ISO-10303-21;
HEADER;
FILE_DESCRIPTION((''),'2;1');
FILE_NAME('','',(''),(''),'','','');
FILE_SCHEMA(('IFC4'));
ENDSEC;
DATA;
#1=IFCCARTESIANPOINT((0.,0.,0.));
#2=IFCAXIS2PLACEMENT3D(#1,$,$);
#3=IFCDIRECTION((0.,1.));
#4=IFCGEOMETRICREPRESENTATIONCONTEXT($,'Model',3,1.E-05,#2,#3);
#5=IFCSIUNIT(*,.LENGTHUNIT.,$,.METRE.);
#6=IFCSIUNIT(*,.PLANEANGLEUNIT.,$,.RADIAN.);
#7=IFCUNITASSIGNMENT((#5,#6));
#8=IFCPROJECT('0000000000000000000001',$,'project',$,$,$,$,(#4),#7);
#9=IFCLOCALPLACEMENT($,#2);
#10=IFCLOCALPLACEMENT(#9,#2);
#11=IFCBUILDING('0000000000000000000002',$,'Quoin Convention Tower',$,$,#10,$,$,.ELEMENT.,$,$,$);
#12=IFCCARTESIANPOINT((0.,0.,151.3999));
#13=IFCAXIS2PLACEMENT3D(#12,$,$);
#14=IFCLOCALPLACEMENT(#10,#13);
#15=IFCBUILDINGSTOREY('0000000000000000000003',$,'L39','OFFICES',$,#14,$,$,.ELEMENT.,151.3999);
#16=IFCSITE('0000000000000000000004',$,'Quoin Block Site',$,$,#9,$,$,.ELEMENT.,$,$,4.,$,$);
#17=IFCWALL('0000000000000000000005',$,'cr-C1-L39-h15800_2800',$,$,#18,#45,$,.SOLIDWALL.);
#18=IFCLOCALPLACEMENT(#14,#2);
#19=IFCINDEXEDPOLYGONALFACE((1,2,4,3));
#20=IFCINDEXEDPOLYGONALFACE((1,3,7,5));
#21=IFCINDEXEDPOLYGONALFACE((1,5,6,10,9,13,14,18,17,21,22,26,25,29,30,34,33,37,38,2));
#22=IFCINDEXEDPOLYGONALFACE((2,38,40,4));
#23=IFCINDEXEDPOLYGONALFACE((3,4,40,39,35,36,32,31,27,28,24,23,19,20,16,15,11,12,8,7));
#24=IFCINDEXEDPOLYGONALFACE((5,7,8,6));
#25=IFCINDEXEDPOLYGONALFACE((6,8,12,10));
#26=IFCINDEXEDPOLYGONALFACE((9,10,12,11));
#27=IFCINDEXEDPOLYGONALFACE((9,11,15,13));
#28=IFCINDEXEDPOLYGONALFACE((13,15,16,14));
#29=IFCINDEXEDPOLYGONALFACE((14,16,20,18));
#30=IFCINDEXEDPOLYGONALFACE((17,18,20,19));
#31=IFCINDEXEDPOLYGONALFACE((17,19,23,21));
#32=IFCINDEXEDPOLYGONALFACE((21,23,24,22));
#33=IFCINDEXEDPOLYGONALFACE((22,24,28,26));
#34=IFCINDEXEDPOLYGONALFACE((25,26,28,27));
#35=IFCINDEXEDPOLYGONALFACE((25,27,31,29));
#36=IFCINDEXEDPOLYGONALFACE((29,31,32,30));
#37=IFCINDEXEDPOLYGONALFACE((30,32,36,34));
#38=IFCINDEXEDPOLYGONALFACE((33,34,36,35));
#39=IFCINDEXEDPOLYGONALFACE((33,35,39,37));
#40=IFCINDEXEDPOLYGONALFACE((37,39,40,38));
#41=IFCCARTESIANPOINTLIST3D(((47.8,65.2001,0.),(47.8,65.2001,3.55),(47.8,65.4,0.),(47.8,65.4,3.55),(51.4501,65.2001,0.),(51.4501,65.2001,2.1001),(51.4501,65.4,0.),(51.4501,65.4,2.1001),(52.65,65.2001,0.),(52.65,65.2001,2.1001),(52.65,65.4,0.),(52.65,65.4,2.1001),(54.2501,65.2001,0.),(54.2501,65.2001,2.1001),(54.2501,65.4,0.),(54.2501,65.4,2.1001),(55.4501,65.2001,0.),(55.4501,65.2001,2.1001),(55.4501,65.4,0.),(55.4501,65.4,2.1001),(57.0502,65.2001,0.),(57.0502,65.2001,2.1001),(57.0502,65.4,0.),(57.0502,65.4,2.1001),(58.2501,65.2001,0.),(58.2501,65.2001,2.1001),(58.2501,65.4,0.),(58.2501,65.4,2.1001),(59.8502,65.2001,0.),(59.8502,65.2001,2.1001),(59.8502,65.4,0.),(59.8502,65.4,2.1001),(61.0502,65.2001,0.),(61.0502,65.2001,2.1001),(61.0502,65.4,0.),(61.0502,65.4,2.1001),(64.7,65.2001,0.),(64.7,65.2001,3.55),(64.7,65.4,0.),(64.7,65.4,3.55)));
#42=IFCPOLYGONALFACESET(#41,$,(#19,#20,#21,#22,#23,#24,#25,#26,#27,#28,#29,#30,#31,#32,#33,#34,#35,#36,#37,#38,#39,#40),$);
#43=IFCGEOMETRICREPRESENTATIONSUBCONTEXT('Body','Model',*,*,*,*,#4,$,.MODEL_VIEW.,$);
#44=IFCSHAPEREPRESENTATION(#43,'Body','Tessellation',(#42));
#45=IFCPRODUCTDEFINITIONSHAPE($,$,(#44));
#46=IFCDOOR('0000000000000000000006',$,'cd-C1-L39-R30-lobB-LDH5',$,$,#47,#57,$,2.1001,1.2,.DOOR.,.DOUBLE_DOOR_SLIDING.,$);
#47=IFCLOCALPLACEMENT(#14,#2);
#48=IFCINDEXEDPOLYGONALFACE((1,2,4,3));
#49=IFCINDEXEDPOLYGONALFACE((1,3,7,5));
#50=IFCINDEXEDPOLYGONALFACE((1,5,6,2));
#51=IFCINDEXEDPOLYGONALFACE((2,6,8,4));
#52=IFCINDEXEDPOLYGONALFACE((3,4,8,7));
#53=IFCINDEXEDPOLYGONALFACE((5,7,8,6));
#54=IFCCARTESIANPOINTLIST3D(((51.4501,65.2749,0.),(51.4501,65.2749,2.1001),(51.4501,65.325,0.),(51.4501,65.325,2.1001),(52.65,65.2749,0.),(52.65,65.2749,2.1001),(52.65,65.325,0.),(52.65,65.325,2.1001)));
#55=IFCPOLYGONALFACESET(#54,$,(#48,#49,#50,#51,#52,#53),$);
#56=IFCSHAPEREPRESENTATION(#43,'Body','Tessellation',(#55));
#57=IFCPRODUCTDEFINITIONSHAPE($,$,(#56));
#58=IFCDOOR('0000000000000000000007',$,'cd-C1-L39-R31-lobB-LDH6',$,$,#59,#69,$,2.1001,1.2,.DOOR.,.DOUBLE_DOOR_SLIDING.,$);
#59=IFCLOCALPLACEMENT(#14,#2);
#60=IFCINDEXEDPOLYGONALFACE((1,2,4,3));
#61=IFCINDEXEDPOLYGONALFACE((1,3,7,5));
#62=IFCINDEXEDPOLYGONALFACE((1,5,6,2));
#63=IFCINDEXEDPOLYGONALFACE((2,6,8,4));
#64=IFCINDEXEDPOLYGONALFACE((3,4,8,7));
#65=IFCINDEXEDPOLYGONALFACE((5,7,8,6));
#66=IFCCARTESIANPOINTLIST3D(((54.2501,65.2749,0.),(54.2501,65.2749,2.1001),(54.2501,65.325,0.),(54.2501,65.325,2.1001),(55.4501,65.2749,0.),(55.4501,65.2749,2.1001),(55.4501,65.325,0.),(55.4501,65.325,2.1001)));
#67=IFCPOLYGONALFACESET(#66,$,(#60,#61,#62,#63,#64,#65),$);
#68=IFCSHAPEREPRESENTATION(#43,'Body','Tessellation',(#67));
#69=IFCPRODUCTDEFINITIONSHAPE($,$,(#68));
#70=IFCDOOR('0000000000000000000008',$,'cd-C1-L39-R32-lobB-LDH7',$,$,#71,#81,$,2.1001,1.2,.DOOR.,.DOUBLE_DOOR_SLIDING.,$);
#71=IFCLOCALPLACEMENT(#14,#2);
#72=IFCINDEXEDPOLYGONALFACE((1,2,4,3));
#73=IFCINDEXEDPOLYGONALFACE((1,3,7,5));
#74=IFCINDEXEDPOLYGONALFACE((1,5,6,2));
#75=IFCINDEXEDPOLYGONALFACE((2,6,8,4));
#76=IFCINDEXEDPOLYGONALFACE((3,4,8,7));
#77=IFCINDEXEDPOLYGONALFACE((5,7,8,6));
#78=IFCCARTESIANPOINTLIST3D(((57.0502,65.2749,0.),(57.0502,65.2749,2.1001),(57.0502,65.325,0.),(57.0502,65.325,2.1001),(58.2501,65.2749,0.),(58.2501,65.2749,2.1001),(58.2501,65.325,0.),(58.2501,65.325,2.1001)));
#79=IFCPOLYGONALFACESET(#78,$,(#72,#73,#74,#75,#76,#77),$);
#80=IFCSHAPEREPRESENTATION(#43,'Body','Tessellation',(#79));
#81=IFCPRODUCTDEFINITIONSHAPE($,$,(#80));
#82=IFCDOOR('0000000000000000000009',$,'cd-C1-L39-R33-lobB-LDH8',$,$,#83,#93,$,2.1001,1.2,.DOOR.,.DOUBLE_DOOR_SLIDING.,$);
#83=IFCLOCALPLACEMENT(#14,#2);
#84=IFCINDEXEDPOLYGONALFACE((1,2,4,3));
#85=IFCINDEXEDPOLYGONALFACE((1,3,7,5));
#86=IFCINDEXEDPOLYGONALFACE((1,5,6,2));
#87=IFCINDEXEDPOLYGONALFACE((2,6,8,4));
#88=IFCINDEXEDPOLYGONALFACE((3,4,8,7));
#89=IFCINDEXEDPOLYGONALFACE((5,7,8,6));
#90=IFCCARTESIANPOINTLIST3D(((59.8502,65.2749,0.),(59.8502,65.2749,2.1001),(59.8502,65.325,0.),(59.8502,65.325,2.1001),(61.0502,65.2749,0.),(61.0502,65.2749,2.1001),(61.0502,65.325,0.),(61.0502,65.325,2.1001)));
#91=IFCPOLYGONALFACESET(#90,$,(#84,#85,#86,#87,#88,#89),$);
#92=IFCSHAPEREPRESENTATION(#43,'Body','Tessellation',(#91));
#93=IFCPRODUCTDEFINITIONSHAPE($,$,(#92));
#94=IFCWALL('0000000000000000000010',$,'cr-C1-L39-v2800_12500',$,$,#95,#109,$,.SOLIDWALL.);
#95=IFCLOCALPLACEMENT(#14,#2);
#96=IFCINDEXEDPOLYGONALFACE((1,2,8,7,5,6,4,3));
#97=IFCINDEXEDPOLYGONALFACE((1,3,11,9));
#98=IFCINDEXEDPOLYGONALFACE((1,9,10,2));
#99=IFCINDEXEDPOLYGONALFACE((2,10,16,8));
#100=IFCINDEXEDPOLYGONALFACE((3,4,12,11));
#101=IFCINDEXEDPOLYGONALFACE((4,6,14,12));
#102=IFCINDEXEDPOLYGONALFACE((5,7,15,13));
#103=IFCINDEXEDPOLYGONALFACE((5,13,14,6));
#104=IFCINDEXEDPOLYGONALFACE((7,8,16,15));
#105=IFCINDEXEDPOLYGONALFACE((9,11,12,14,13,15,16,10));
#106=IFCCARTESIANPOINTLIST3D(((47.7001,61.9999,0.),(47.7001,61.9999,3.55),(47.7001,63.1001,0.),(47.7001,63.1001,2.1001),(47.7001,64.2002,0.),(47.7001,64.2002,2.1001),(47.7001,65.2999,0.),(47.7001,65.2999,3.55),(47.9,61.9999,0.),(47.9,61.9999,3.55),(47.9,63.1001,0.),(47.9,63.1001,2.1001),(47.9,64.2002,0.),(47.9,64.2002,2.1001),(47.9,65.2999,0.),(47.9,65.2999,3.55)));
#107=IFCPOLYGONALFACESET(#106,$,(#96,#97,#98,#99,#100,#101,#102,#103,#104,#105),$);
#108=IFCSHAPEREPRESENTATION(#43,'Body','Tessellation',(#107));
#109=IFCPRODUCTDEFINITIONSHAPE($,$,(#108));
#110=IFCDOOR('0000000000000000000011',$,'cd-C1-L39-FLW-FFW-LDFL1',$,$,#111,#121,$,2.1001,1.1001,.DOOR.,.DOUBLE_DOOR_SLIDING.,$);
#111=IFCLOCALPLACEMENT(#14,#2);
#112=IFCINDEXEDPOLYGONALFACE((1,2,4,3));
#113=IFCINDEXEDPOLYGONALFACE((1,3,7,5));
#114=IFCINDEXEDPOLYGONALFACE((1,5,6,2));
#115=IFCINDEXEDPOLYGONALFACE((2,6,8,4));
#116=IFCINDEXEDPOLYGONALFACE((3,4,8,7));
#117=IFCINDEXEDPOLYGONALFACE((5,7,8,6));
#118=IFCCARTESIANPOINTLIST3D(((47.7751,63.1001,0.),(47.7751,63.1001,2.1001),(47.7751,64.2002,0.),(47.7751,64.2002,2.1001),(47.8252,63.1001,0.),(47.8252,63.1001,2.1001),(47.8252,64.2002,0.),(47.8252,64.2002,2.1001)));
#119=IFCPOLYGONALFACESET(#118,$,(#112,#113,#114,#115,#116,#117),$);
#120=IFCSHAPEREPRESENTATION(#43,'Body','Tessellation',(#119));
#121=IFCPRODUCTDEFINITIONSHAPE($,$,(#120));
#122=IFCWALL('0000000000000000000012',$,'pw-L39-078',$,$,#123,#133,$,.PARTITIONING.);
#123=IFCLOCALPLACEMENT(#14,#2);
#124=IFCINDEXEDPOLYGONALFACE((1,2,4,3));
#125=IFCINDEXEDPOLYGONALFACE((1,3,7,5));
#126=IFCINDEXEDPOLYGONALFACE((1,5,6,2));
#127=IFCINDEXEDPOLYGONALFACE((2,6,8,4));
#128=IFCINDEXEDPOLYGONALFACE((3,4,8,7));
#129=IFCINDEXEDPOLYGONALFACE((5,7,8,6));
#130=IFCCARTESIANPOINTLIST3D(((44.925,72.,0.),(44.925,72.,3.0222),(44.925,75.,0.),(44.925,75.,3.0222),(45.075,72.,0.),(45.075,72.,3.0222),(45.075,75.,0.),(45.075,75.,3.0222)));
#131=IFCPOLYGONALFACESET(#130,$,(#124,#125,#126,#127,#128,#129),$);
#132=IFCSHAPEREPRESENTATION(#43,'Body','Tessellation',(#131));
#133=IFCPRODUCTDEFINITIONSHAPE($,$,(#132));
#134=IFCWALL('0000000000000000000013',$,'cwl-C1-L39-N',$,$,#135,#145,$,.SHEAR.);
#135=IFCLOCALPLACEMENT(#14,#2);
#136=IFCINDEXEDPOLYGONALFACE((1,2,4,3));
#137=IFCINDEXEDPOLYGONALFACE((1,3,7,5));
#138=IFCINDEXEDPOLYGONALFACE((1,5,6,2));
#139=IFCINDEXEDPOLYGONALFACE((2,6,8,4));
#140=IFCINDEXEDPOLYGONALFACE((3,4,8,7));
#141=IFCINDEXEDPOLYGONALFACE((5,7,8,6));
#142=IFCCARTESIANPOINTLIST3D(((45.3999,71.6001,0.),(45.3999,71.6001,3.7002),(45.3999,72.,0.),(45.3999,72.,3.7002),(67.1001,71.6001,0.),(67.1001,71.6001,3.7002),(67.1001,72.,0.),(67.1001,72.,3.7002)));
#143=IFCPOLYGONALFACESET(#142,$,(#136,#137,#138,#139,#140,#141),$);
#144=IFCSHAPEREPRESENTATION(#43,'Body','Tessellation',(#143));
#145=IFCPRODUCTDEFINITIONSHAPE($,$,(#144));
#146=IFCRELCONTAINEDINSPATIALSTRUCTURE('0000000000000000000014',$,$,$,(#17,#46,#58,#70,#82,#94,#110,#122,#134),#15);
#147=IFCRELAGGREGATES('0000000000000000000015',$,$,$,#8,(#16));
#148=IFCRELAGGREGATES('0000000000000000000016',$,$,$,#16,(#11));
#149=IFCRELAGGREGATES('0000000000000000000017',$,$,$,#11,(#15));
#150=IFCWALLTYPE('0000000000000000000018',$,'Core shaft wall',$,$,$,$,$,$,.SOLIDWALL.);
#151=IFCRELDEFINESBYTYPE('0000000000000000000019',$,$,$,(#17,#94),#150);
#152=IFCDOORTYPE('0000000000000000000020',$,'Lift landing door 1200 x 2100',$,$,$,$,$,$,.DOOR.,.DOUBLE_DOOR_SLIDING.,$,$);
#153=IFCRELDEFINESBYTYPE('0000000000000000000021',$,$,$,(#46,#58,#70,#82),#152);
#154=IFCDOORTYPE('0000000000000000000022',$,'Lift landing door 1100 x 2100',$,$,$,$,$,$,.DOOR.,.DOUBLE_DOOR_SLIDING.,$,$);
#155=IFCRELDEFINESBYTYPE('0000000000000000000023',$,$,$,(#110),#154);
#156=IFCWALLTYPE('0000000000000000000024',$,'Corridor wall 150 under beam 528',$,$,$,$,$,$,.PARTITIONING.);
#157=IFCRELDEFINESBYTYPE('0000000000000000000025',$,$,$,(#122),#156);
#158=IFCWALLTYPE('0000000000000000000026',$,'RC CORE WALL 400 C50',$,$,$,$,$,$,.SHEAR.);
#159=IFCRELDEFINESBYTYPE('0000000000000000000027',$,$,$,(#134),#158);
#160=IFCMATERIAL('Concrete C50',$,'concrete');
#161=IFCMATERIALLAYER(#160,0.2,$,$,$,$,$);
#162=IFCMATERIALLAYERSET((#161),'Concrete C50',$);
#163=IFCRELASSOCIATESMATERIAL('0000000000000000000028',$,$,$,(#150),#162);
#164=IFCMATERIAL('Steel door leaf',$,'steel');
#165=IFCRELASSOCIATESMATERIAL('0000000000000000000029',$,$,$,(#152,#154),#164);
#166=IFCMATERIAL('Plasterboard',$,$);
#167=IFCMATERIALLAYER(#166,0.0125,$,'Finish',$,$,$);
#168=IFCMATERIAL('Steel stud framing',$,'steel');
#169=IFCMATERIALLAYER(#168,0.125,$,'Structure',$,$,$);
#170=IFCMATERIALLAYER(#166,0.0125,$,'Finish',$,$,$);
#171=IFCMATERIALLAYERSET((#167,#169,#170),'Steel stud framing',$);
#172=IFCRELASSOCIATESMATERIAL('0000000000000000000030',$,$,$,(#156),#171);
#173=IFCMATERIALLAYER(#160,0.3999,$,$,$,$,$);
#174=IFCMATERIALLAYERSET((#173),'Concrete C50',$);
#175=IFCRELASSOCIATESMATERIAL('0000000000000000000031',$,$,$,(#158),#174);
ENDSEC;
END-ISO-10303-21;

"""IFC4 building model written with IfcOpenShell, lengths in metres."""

from ifc_helpers import new_model, si_unit, direction, frame, frame_2d, origin, place, context, subcontext, project, spatial, rectangle, extrude, material, layer, layer_set, type_object, element, fill, save


model = new_model("IFC4")

# Units and contexts
model_context = context("Model", 3, precision=1e-05, world=origin(), true_north=direction((0.0, 1.0)))
body_context = subcontext(model_context, "Body", "Model", "MODEL_VIEW")
ifc_project = project(units=[si_unit("LENGTHUNIT", "METRE"), si_unit("PLANEANGLEUNIT", "RADIAN")], contexts=[model_context])

# Site, building, storey
site_placement = place(None, origin())
site = spatial("IfcSite", under=ifc_project, at=site_placement, Name="Quoin Block Site", CompositionType="ELEMENT", RefElevation=4.0)
building_placement = place(site_placement, origin())
building = spatial("IfcBuilding", under=site, at=building_placement, Name="Quoin Convention Tower", CompositionType="ELEMENT")
storey_placement = place(building_placement, frame((0.0, 0.0, 151.3999)))
storey = spatial("IfcBuildingStorey", under=building, at=storey_placement, Name="L39", Description="OFFICES", CompositionType="ELEMENT", Elevation=151.3999)

# Shared definitions
ifc_material_1 = material(Name="Plasterboard")
ifc_material_2 = material(Name="Steel stud framing", Category="steel")
ifc_material_3 = material(Name="Steel door leaf", Category="steel")

# Shared definitions
ifc_material_4 = material(Name="Concrete C50", Category="concrete")
ifc_layer_1 = layer(ifc_material_4, 0.2)
ifc_layer_set_1 = layer_set([ifc_layer_1], Name="Concrete C50")
wall_type_1 = type_object("IfcWallType", Name="Core shaft wall", PredefinedType="SOLIDWALL", material=ifc_layer_set_1)

# Wall, openings, doors
wall_1_placement = place(storey_placement, frame((47.8, 65.3, 0.0), z_axis=(0.0, 0.0, 1.0), x_axis=(1.0, 0.0, 0.0)))
wall_1 = element("IfcWall", 1, at=wall_1_placement, inside=storey, type_object=wall_type_1, Name="cr-C1-L39-h15800_2800", PredefinedType="SOLIDWALL", context=body_context, shape_type="SweptSolid", body=[
    extrude(rectangle(XDim=16.8999, YDim=0.2, at=frame_2d((8.45, 0.0))), origin(), (0.0, 0.0, 1.0), 3.55),
])
opening_1_placement = place(wall_1_placement, frame((3.6499, 0.0, 0.0)))
opening_1 = element("IfcOpeningElement", 2, at=opening_1_placement, cuts=wall_1, PredefinedType="OPENING", context=body_context, shape_type="SweptSolid", body=[
    extrude(rectangle(XDim=1.2, YDim=2.1001, at=frame_2d((0.6001, 1.05))), frame((0.0, 0.1099, 0.0), z_axis=(0.0, -1.0, 0.0), x_axis=(1.0, 0.0, 0.0)), (0.0, 0.0, 1.0), 0.22),
])
opening_2_placement = place(wall_1_placement, frame((6.45, 0.0, 0.0)))
opening_2 = element("IfcOpeningElement", 3, at=opening_2_placement, cuts=wall_1, PredefinedType="OPENING", context=body_context, shape_type="SweptSolid", body=[
    extrude(rectangle(XDim=1.2, YDim=2.1001, at=frame_2d((0.6001, 1.05))), frame((0.0, 0.1099, 0.0), z_axis=(0.0, -1.0, 0.0), x_axis=(1.0, 0.0, 0.0)), (0.0, 0.0, 1.0), 0.22),
])
opening_3_placement = place(wall_1_placement, frame((9.25, 0.0, 0.0)))
opening_3 = element("IfcOpeningElement", 4, at=opening_3_placement, cuts=wall_1, PredefinedType="OPENING", context=body_context, shape_type="SweptSolid", body=[
    extrude(rectangle(XDim=1.2, YDim=2.1001, at=frame_2d((0.6001, 1.05))), frame((0.0, 0.1099, 0.0), z_axis=(0.0, -1.0, 0.0), x_axis=(1.0, 0.0, 0.0)), (0.0, 0.0, 1.0), 0.22),
])
opening_4_placement = place(wall_1_placement, frame((12.05, 0.0, 0.0)))
opening_4 = element("IfcOpeningElement", 5, at=opening_4_placement, cuts=wall_1, PredefinedType="OPENING", context=body_context, shape_type="SweptSolid", body=[
    extrude(rectangle(XDim=1.2, YDim=2.1001, at=frame_2d((0.6001, 1.05))), frame((0.0, 0.1099, 0.0), z_axis=(0.0, -1.0, 0.0), x_axis=(1.0, 0.0, 0.0)), (0.0, 0.0, 1.0), 0.22),
])
door_type_1 = type_object("IfcDoorType", Name="Lift landing door 1200 x 2100", OperationType="DOUBLE_DOOR_SLIDING", PredefinedType="DOOR", material=ifc_material_3)
door_1_placement = place(opening_1_placement, origin())
door_1 = element("IfcDoor", 6, at=door_1_placement, inside=storey, type_object=door_type_1, Name="cd-C1-L39-R30-lobB-LDH5", OperationType="DOUBLE_DOOR_SLIDING", OverallHeight=2.1001, OverallWidth=1.2, PredefinedType="DOOR", context=body_context, shape_type="SweptSolid", body=[
    extrude(rectangle(XDim=1.2, YDim=2.1001, at=frame_2d((0.6001, 1.05))), frame((0.0, 0.0249, 0.0), z_axis=(0.0, -1.0, 0.0), x_axis=(1.0, 0.0, 0.0)), (0.0, 0.0, 1.0), 0.05),
])
fill(opening_1, door_1)
door_2_placement = place(opening_2_placement, origin())
door_2 = element("IfcDoor", 7, at=door_2_placement, inside=storey, type_object=door_type_1, Name="cd-C1-L39-R31-lobB-LDH6", OperationType="DOUBLE_DOOR_SLIDING", OverallHeight=2.1001, OverallWidth=1.2, PredefinedType="DOOR", context=body_context, shape_type="SweptSolid", body=[
    extrude(rectangle(XDim=1.2, YDim=2.1001, at=frame_2d((0.6001, 1.05))), frame((0.0, 0.0249, 0.0), z_axis=(0.0, -1.0, 0.0), x_axis=(1.0, 0.0, 0.0)), (0.0, 0.0, 1.0), 0.05),
])
fill(opening_2, door_2)
door_3_placement = place(opening_3_placement, origin())
door_3 = element("IfcDoor", 8, at=door_3_placement, inside=storey, type_object=door_type_1, Name="cd-C1-L39-R32-lobB-LDH7", OperationType="DOUBLE_DOOR_SLIDING", OverallHeight=2.1001, OverallWidth=1.2, PredefinedType="DOOR", context=body_context, shape_type="SweptSolid", body=[
    extrude(rectangle(XDim=1.2, YDim=2.1001, at=frame_2d((0.6001, 1.05))), frame((0.0, 0.0249, 0.0), z_axis=(0.0, -1.0, 0.0), x_axis=(1.0, 0.0, 0.0)), (0.0, 0.0, 1.0), 0.05),
])
fill(opening_3, door_3)
door_4_placement = place(opening_4_placement, origin())
door_4 = element("IfcDoor", 9, at=door_4_placement, inside=storey, type_object=door_type_1, Name="cd-C1-L39-R33-lobB-LDH8", OperationType="DOUBLE_DOOR_SLIDING", OverallHeight=2.1001, OverallWidth=1.2, PredefinedType="DOOR", context=body_context, shape_type="SweptSolid", body=[
    extrude(rectangle(XDim=1.2, YDim=2.1001, at=frame_2d((0.6001, 1.05))), frame((0.0, 0.0249, 0.0), z_axis=(0.0, -1.0, 0.0), x_axis=(1.0, 0.0, 0.0)), (0.0, 0.0, 1.0), 0.05),
])
fill(opening_4, door_4)

# Wall, opening, door
wall_2_placement = place(storey_placement, frame((47.8, 62.0, 0.0), z_axis=(0.0, 0.0, 1.0), x_axis=(0.0, 1.0, 0.0)))
wall_2 = element("IfcWall", 10, at=wall_2_placement, inside=storey, type_object=wall_type_1, Name="cr-C1-L39-v2800_12500", PredefinedType="SOLIDWALL", context=body_context, shape_type="SweptSolid", body=[
    extrude(rectangle(XDim=3.3, YDim=0.2, at=frame_2d((1.6499, 0.0))), origin(), (0.0, 0.0, 1.0), 3.55),
])
opening_5_placement = place(wall_2_placement, frame((1.1001, 0.0, 0.0)))
opening_5 = element("IfcOpeningElement", 11, at=opening_5_placement, cuts=wall_2, PredefinedType="OPENING", context=body_context, shape_type="SweptSolid", body=[
    extrude(rectangle(XDim=1.1001, YDim=2.1001, at=frame_2d((0.55, 1.05))), frame((0.0, 0.1099, 0.0), z_axis=(0.0, -1.0, 0.0), x_axis=(1.0, 0.0, 0.0)), (0.0, 0.0, 1.0), 0.22),
])
door_type_2 = type_object("IfcDoorType", Name="Lift landing door 1100 x 2100", OperationType="DOUBLE_DOOR_SLIDING", PredefinedType="DOOR", material=ifc_material_3)
door_5_placement = place(opening_5_placement, origin())
door_5 = element("IfcDoor", 12, at=door_5_placement, inside=storey, type_object=door_type_2, Name="cd-C1-L39-FLW-FFW-LDFL1", OperationType="DOUBLE_DOOR_SLIDING", OverallHeight=2.1001, OverallWidth=1.1001, PredefinedType="DOOR", context=body_context, shape_type="SweptSolid", body=[
    extrude(rectangle(XDim=1.1001, YDim=2.1001, at=frame_2d((0.55, 1.05))), frame((0.0, 0.0249, 0.0), z_axis=(0.0, -1.0, 0.0), x_axis=(1.0, 0.0, 0.0)), (0.0, 0.0, 1.0), 0.05),
])
fill(opening_5, door_5)

# Walls
ifc_layer_2 = layer(ifc_material_1, 0.0125, Name="Finish")
ifc_layer_3 = layer(ifc_material_2, 0.125, Name="Structure")
ifc_layer_4 = layer(ifc_material_1, 0.0125, Name="Finish")
ifc_layer_set_2 = layer_set([ifc_layer_2, ifc_layer_3, ifc_layer_4], Name="Steel stud framing")
wall_type_2 = type_object("IfcWallType", Name="Corridor wall 150 under beam 528", PredefinedType="PARTITIONING", material=ifc_layer_set_2)
wall_3_placement = place(storey_placement, frame((45.0, 72.0, 0.0), z_axis=(0.0, 0.0, 1.0), x_axis=(0.0, 1.0, 0.0)))
element("IfcWall", 13, at=wall_3_placement, inside=storey, type_object=wall_type_2, Name="pw-L39-078", PredefinedType="PARTITIONING", context=body_context, shape_type="SweptSolid", body=[
    extrude(rectangle(XDim=3.0, YDim=0.1499, at=frame_2d((1.5, 0.0))), origin(), (0.0, 0.0, 1.0), 3.0222),
])
ifc_layer_5 = layer(ifc_material_4, 0.3999)
ifc_layer_set_3 = layer_set([ifc_layer_5], Name="Concrete C50")
wall_type_3 = type_object("IfcWallType", Name="RC CORE WALL 400 C50", PredefinedType="SHEAR", material=ifc_layer_set_3)
wall_4_placement = place(storey_placement, frame((45.3999, 71.8, 0.0), z_axis=(0.0, 0.0, 1.0), x_axis=(1.0, 0.0, 0.0)))
element("IfcWall", 14, at=wall_4_placement, inside=storey, type_object=wall_type_3, Name="cwl-C1-L39-N", PredefinedType="SHEAR", context=body_context, shape_type="SweptSolid", body=[
    extrude(rectangle(XDim=21.7002, YDim=0.3999, at=frame_2d((10.8501, 0.0))), origin(), (0.0, 0.0, 1.0), 3.7002),
])

save(model, "model.ifc")
